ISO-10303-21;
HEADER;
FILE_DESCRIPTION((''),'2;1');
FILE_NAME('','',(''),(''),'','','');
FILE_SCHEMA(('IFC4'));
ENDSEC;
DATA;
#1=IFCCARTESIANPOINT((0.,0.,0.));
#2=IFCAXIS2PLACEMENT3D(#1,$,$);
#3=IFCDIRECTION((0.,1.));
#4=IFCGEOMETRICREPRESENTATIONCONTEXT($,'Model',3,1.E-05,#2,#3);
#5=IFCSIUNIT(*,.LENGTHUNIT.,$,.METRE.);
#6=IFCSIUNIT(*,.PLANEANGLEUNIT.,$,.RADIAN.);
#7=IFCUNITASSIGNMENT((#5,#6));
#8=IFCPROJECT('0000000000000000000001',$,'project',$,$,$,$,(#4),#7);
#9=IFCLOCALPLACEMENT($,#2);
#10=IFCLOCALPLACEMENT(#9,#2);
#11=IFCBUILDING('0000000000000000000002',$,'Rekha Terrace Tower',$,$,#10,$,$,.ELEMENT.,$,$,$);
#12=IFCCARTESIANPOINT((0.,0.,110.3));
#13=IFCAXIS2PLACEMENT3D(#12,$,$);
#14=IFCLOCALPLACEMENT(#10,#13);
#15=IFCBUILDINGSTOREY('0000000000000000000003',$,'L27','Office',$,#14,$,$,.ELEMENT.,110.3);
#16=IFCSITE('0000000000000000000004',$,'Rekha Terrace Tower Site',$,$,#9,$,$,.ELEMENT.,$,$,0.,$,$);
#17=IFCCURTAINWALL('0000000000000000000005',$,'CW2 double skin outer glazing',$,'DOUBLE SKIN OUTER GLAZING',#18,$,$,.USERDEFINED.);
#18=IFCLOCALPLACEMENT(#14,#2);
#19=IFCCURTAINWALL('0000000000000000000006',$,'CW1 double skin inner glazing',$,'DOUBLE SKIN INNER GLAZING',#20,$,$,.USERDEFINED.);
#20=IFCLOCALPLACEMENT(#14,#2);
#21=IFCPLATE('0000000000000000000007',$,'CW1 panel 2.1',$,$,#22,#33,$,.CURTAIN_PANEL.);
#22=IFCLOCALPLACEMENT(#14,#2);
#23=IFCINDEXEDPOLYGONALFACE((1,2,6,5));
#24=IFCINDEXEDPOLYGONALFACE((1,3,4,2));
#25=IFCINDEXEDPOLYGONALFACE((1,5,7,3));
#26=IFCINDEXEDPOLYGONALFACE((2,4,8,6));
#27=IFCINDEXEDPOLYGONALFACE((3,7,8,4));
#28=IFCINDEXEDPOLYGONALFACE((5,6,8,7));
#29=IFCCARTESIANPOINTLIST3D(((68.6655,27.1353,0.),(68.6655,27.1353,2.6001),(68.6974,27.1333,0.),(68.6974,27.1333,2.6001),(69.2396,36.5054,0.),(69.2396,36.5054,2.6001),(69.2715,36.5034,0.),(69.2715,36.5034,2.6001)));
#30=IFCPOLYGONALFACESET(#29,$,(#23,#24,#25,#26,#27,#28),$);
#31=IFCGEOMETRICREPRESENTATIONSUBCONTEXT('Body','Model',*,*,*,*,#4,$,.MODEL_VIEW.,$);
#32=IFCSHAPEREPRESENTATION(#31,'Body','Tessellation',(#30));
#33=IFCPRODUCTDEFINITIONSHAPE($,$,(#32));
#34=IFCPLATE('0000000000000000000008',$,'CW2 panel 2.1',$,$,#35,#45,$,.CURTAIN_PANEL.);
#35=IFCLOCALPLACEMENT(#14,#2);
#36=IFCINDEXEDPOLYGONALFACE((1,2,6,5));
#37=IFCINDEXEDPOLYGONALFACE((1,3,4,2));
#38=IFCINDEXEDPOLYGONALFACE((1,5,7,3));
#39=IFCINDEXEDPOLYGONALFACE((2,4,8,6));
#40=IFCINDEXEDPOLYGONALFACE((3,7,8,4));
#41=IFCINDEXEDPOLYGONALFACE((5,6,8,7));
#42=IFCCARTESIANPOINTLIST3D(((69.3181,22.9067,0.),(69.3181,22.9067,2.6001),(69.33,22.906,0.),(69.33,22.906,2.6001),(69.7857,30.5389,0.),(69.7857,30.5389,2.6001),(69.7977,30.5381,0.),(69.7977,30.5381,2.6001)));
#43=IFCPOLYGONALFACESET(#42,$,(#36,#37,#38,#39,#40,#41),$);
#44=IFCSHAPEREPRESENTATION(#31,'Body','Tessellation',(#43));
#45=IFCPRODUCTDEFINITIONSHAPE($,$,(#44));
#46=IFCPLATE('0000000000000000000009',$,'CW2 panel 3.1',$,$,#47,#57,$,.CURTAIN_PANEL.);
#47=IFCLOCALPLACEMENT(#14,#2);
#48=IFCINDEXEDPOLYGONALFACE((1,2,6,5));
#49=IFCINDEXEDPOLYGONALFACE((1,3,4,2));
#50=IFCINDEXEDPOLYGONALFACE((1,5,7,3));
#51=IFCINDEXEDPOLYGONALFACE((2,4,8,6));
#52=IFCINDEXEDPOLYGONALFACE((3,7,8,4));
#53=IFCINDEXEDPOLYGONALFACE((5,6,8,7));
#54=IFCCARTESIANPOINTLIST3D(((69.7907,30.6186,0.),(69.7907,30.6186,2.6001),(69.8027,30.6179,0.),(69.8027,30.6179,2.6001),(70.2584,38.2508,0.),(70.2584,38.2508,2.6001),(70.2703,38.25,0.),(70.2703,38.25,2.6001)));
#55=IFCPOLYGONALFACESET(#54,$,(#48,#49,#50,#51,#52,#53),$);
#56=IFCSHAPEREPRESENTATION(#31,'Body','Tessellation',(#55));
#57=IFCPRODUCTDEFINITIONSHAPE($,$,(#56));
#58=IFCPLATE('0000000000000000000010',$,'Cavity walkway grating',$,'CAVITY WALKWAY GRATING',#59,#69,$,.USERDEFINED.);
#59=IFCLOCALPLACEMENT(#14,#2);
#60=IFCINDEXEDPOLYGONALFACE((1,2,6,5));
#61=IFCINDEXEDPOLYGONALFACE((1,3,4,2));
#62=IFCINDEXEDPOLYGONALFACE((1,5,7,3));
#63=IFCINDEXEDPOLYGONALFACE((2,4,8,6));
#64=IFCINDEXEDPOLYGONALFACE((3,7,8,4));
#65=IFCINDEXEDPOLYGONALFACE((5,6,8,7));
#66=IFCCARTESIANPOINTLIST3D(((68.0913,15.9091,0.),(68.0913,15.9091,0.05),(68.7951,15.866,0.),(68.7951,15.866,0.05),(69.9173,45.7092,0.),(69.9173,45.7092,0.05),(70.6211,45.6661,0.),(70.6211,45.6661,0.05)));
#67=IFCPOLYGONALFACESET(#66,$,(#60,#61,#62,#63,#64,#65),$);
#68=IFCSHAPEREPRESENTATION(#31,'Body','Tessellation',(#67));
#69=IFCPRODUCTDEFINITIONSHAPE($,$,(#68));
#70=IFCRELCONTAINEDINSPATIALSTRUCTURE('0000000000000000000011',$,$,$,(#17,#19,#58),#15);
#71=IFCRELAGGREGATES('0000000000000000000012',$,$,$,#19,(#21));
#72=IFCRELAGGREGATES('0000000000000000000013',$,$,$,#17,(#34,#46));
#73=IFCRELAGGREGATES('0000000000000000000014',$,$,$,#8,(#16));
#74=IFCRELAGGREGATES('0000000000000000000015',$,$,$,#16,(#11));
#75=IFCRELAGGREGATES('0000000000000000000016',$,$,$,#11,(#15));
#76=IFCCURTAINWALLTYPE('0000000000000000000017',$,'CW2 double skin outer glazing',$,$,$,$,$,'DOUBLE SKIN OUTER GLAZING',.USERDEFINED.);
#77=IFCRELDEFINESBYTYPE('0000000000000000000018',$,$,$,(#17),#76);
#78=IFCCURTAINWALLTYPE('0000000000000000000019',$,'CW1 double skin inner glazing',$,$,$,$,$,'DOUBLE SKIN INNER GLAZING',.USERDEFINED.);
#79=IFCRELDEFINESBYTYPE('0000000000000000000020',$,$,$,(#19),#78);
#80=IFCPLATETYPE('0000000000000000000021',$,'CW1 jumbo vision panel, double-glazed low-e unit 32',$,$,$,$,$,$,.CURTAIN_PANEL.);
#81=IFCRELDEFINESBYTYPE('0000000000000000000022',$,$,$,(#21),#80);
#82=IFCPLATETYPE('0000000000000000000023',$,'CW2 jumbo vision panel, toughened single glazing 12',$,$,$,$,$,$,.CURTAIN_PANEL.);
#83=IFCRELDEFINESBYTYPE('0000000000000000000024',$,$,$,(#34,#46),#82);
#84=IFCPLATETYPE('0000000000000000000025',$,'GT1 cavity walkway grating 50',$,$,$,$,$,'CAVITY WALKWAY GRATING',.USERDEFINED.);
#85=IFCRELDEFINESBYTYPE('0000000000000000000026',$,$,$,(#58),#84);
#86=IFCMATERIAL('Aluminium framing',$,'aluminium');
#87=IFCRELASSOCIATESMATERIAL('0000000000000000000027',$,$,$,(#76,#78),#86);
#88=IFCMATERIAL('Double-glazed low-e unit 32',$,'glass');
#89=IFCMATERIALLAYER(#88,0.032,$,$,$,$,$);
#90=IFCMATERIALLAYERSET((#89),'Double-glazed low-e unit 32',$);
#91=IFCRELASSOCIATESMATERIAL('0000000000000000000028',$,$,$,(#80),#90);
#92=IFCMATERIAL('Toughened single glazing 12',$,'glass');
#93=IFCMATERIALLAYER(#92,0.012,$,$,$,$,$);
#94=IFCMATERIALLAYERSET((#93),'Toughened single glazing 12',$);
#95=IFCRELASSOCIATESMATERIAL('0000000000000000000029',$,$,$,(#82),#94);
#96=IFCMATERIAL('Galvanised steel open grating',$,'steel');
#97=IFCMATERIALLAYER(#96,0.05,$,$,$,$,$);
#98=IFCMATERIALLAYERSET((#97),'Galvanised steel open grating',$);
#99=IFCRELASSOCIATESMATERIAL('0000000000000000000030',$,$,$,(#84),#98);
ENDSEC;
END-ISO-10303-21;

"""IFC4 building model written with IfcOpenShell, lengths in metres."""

from ifc_helpers import new_model, si_unit, direction, frame, origin, origin_2d, place, context, subcontext, project, spatial, rectangle, extrude, material, layer, layer_set, type_object, element, aggregate, save


model = new_model("IFC4")

# Units and contexts
model_context = context("Model", 3, precision=1e-05, world=origin(), true_north=direction((0.0, 1.0)))
body_context = subcontext(model_context, "Body", "Model", "MODEL_VIEW")
ifc_project = project(units=[si_unit("LENGTHUNIT", "METRE"), si_unit("PLANEANGLEUNIT", "RADIAN")], contexts=[model_context])

# Site, building, storey
site_placement = place(None, origin())
site = spatial("IfcSite", under=ifc_project, at=site_placement, Name="Rekha Terrace Tower Site", CompositionType="ELEMENT", RefElevation=0.0)
building_placement = place(site_placement, origin())
building = spatial("IfcBuilding", under=site, at=building_placement, Name="Rekha Terrace Tower", CompositionType="ELEMENT")
storey_placement = place(building_placement, frame((0.0, 0.0, 110.3)))
storey = spatial("IfcBuildingStorey", under=building, at=storey_placement, Name="L27", Description="Office", CompositionType="ELEMENT", Elevation=110.3)

# Curtain walls
ifc_material_1 = material(Name="Aluminium framing", Category="aluminium")
curtain_wall_type_1 = type_object("IfcCurtainWallType", Name="CW2 double skin outer glazing", ElementType="DOUBLE SKIN OUTER GLAZING", PredefinedType="USERDEFINED", material=ifc_material_1)
curtain_wall_1_placement = place(storey_placement, origin())
curtain_wall_1 = element("IfcCurtainWall", 1, at=curtain_wall_1_placement, inside=storey, type_object=curtain_wall_type_1, Name="CW2 double skin outer glazing", ObjectType="DOUBLE SKIN OUTER GLAZING", PredefinedType="USERDEFINED")
curtain_wall_type_2 = type_object("IfcCurtainWallType", Name="CW1 double skin inner glazing", ElementType="DOUBLE SKIN INNER GLAZING", PredefinedType="USERDEFINED", material=ifc_material_1)
curtain_wall_2_placement = place(storey_placement, origin())
curtain_wall_2 = element("IfcCurtainWall", 2, at=curtain_wall_2_placement, inside=storey, type_object=curtain_wall_type_2, Name="CW1 double skin inner glazing", ObjectType="DOUBLE SKIN INNER GLAZING", PredefinedType="USERDEFINED")

# Plates
ifc_material_2 = material(Name="Double-glazed low-e unit 32", Category="glass")
ifc_layer_1 = layer(ifc_material_2, 0.032)
ifc_layer_set_1 = layer_set([ifc_layer_1], Name="Double-glazed low-e unit 32")
plate_type_1 = type_object("IfcPlateType", Name="CW1 jumbo vision panel, double-glazed low-e unit 32", PredefinedType="CURTAIN_PANEL", material=ifc_layer_set_1)
plate_1_placement = place(storey_placement, frame((68.9685, 31.8193, 0.0), z_axis=(0.0, 0.0, 1.0), x_axis=(0.06116, 0.998128, 0.0)))
plate_1 = element("IfcPlate", 3, at=plate_1_placement, type_object=plate_type_1, Name="CW1 panel 2.1", PredefinedType="CURTAIN_PANEL", context=body_context, shape_type="SweptSolid", body=[
    extrude(rectangle(XDim=9.3877, YDim=0.032, at=origin_2d()), origin(), (0.0, 0.0, 1.0), 2.6001),
])
aggregate(curtain_wall_2, [plate_1])
ifc_material_3 = material(Name="Toughened single glazing 12", Category="glass")
ifc_layer_2 = layer(ifc_material_3, 0.012)
ifc_layer_set_2 = layer_set([ifc_layer_2], Name="Toughened single glazing 12")
plate_type_2 = type_object("IfcPlateType", Name="CW2 jumbo vision panel, toughened single glazing 12", PredefinedType="CURTAIN_PANEL", material=ifc_layer_set_2)
plate_2_placement = place(storey_placement, frame((69.5579, 26.7224, 0.0), z_axis=(0.0, 0.0, 1.0), x_axis=(0.06116, 0.998128, 0.0)))
plate_2 = element("IfcPlate", 4, at=plate_2_placement, type_object=plate_type_2, Name="CW2 panel 2.1", PredefinedType="CURTAIN_PANEL", context=body_context, shape_type="SweptSolid", body=[
    extrude(rectangle(XDim=7.6465, YDim=0.012, at=origin_2d()), origin(), (0.0, 0.0, 1.0), 2.6001),
])
plate_3_placement = place(storey_placement, frame((70.0305, 34.4343, 0.0), z_axis=(0.0, 0.0, 1.0), x_axis=(0.06116, 0.998128, 0.0)))
plate_3 = element("IfcPlate", 5, at=plate_3_placement, type_object=plate_type_2, Name="CW2 panel 3.1", PredefinedType="CURTAIN_PANEL", context=body_context, shape_type="SweptSolid", body=[
    extrude(rectangle(XDim=7.6465, YDim=0.012, at=origin_2d()), origin(), (0.0, 0.0, 1.0), 2.6001),
])
aggregate(curtain_wall_1, [plate_2, plate_3])
ifc_material_4 = material(Name="Galvanised steel open grating", Category="steel")
ifc_layer_3 = layer(ifc_material_4, 0.05)
ifc_layer_set_3 = layer_set([ifc_layer_3], Name="Galvanised steel open grating")
plate_type_3 = type_object("IfcPlateType", Name="GT1 cavity walkway grating 50", ElementType="CAVITY WALKWAY GRATING", PredefinedType="USERDEFINED", material=ifc_layer_set_3)
plate_4_placement = place(storey_placement, frame((69.3562, 30.7876, 0.0), z_axis=(0.0, 0.0, 1.0), x_axis=(0.06116, 0.998128, 0.0)))
element("IfcPlate", 6, at=plate_4_placement, inside=storey, type_object=plate_type_3, Name="Cavity walkway grating", ObjectType="CAVITY WALKWAY GRATING", PredefinedType="USERDEFINED", context=body_context, shape_type="SweptSolid", body=[
    extrude(rectangle(XDim=29.856, YDim=0.7051, at=origin_2d()), origin(), (0.0, 0.0, 1.0), 0.05),
])

save(model, "model.ifc")
